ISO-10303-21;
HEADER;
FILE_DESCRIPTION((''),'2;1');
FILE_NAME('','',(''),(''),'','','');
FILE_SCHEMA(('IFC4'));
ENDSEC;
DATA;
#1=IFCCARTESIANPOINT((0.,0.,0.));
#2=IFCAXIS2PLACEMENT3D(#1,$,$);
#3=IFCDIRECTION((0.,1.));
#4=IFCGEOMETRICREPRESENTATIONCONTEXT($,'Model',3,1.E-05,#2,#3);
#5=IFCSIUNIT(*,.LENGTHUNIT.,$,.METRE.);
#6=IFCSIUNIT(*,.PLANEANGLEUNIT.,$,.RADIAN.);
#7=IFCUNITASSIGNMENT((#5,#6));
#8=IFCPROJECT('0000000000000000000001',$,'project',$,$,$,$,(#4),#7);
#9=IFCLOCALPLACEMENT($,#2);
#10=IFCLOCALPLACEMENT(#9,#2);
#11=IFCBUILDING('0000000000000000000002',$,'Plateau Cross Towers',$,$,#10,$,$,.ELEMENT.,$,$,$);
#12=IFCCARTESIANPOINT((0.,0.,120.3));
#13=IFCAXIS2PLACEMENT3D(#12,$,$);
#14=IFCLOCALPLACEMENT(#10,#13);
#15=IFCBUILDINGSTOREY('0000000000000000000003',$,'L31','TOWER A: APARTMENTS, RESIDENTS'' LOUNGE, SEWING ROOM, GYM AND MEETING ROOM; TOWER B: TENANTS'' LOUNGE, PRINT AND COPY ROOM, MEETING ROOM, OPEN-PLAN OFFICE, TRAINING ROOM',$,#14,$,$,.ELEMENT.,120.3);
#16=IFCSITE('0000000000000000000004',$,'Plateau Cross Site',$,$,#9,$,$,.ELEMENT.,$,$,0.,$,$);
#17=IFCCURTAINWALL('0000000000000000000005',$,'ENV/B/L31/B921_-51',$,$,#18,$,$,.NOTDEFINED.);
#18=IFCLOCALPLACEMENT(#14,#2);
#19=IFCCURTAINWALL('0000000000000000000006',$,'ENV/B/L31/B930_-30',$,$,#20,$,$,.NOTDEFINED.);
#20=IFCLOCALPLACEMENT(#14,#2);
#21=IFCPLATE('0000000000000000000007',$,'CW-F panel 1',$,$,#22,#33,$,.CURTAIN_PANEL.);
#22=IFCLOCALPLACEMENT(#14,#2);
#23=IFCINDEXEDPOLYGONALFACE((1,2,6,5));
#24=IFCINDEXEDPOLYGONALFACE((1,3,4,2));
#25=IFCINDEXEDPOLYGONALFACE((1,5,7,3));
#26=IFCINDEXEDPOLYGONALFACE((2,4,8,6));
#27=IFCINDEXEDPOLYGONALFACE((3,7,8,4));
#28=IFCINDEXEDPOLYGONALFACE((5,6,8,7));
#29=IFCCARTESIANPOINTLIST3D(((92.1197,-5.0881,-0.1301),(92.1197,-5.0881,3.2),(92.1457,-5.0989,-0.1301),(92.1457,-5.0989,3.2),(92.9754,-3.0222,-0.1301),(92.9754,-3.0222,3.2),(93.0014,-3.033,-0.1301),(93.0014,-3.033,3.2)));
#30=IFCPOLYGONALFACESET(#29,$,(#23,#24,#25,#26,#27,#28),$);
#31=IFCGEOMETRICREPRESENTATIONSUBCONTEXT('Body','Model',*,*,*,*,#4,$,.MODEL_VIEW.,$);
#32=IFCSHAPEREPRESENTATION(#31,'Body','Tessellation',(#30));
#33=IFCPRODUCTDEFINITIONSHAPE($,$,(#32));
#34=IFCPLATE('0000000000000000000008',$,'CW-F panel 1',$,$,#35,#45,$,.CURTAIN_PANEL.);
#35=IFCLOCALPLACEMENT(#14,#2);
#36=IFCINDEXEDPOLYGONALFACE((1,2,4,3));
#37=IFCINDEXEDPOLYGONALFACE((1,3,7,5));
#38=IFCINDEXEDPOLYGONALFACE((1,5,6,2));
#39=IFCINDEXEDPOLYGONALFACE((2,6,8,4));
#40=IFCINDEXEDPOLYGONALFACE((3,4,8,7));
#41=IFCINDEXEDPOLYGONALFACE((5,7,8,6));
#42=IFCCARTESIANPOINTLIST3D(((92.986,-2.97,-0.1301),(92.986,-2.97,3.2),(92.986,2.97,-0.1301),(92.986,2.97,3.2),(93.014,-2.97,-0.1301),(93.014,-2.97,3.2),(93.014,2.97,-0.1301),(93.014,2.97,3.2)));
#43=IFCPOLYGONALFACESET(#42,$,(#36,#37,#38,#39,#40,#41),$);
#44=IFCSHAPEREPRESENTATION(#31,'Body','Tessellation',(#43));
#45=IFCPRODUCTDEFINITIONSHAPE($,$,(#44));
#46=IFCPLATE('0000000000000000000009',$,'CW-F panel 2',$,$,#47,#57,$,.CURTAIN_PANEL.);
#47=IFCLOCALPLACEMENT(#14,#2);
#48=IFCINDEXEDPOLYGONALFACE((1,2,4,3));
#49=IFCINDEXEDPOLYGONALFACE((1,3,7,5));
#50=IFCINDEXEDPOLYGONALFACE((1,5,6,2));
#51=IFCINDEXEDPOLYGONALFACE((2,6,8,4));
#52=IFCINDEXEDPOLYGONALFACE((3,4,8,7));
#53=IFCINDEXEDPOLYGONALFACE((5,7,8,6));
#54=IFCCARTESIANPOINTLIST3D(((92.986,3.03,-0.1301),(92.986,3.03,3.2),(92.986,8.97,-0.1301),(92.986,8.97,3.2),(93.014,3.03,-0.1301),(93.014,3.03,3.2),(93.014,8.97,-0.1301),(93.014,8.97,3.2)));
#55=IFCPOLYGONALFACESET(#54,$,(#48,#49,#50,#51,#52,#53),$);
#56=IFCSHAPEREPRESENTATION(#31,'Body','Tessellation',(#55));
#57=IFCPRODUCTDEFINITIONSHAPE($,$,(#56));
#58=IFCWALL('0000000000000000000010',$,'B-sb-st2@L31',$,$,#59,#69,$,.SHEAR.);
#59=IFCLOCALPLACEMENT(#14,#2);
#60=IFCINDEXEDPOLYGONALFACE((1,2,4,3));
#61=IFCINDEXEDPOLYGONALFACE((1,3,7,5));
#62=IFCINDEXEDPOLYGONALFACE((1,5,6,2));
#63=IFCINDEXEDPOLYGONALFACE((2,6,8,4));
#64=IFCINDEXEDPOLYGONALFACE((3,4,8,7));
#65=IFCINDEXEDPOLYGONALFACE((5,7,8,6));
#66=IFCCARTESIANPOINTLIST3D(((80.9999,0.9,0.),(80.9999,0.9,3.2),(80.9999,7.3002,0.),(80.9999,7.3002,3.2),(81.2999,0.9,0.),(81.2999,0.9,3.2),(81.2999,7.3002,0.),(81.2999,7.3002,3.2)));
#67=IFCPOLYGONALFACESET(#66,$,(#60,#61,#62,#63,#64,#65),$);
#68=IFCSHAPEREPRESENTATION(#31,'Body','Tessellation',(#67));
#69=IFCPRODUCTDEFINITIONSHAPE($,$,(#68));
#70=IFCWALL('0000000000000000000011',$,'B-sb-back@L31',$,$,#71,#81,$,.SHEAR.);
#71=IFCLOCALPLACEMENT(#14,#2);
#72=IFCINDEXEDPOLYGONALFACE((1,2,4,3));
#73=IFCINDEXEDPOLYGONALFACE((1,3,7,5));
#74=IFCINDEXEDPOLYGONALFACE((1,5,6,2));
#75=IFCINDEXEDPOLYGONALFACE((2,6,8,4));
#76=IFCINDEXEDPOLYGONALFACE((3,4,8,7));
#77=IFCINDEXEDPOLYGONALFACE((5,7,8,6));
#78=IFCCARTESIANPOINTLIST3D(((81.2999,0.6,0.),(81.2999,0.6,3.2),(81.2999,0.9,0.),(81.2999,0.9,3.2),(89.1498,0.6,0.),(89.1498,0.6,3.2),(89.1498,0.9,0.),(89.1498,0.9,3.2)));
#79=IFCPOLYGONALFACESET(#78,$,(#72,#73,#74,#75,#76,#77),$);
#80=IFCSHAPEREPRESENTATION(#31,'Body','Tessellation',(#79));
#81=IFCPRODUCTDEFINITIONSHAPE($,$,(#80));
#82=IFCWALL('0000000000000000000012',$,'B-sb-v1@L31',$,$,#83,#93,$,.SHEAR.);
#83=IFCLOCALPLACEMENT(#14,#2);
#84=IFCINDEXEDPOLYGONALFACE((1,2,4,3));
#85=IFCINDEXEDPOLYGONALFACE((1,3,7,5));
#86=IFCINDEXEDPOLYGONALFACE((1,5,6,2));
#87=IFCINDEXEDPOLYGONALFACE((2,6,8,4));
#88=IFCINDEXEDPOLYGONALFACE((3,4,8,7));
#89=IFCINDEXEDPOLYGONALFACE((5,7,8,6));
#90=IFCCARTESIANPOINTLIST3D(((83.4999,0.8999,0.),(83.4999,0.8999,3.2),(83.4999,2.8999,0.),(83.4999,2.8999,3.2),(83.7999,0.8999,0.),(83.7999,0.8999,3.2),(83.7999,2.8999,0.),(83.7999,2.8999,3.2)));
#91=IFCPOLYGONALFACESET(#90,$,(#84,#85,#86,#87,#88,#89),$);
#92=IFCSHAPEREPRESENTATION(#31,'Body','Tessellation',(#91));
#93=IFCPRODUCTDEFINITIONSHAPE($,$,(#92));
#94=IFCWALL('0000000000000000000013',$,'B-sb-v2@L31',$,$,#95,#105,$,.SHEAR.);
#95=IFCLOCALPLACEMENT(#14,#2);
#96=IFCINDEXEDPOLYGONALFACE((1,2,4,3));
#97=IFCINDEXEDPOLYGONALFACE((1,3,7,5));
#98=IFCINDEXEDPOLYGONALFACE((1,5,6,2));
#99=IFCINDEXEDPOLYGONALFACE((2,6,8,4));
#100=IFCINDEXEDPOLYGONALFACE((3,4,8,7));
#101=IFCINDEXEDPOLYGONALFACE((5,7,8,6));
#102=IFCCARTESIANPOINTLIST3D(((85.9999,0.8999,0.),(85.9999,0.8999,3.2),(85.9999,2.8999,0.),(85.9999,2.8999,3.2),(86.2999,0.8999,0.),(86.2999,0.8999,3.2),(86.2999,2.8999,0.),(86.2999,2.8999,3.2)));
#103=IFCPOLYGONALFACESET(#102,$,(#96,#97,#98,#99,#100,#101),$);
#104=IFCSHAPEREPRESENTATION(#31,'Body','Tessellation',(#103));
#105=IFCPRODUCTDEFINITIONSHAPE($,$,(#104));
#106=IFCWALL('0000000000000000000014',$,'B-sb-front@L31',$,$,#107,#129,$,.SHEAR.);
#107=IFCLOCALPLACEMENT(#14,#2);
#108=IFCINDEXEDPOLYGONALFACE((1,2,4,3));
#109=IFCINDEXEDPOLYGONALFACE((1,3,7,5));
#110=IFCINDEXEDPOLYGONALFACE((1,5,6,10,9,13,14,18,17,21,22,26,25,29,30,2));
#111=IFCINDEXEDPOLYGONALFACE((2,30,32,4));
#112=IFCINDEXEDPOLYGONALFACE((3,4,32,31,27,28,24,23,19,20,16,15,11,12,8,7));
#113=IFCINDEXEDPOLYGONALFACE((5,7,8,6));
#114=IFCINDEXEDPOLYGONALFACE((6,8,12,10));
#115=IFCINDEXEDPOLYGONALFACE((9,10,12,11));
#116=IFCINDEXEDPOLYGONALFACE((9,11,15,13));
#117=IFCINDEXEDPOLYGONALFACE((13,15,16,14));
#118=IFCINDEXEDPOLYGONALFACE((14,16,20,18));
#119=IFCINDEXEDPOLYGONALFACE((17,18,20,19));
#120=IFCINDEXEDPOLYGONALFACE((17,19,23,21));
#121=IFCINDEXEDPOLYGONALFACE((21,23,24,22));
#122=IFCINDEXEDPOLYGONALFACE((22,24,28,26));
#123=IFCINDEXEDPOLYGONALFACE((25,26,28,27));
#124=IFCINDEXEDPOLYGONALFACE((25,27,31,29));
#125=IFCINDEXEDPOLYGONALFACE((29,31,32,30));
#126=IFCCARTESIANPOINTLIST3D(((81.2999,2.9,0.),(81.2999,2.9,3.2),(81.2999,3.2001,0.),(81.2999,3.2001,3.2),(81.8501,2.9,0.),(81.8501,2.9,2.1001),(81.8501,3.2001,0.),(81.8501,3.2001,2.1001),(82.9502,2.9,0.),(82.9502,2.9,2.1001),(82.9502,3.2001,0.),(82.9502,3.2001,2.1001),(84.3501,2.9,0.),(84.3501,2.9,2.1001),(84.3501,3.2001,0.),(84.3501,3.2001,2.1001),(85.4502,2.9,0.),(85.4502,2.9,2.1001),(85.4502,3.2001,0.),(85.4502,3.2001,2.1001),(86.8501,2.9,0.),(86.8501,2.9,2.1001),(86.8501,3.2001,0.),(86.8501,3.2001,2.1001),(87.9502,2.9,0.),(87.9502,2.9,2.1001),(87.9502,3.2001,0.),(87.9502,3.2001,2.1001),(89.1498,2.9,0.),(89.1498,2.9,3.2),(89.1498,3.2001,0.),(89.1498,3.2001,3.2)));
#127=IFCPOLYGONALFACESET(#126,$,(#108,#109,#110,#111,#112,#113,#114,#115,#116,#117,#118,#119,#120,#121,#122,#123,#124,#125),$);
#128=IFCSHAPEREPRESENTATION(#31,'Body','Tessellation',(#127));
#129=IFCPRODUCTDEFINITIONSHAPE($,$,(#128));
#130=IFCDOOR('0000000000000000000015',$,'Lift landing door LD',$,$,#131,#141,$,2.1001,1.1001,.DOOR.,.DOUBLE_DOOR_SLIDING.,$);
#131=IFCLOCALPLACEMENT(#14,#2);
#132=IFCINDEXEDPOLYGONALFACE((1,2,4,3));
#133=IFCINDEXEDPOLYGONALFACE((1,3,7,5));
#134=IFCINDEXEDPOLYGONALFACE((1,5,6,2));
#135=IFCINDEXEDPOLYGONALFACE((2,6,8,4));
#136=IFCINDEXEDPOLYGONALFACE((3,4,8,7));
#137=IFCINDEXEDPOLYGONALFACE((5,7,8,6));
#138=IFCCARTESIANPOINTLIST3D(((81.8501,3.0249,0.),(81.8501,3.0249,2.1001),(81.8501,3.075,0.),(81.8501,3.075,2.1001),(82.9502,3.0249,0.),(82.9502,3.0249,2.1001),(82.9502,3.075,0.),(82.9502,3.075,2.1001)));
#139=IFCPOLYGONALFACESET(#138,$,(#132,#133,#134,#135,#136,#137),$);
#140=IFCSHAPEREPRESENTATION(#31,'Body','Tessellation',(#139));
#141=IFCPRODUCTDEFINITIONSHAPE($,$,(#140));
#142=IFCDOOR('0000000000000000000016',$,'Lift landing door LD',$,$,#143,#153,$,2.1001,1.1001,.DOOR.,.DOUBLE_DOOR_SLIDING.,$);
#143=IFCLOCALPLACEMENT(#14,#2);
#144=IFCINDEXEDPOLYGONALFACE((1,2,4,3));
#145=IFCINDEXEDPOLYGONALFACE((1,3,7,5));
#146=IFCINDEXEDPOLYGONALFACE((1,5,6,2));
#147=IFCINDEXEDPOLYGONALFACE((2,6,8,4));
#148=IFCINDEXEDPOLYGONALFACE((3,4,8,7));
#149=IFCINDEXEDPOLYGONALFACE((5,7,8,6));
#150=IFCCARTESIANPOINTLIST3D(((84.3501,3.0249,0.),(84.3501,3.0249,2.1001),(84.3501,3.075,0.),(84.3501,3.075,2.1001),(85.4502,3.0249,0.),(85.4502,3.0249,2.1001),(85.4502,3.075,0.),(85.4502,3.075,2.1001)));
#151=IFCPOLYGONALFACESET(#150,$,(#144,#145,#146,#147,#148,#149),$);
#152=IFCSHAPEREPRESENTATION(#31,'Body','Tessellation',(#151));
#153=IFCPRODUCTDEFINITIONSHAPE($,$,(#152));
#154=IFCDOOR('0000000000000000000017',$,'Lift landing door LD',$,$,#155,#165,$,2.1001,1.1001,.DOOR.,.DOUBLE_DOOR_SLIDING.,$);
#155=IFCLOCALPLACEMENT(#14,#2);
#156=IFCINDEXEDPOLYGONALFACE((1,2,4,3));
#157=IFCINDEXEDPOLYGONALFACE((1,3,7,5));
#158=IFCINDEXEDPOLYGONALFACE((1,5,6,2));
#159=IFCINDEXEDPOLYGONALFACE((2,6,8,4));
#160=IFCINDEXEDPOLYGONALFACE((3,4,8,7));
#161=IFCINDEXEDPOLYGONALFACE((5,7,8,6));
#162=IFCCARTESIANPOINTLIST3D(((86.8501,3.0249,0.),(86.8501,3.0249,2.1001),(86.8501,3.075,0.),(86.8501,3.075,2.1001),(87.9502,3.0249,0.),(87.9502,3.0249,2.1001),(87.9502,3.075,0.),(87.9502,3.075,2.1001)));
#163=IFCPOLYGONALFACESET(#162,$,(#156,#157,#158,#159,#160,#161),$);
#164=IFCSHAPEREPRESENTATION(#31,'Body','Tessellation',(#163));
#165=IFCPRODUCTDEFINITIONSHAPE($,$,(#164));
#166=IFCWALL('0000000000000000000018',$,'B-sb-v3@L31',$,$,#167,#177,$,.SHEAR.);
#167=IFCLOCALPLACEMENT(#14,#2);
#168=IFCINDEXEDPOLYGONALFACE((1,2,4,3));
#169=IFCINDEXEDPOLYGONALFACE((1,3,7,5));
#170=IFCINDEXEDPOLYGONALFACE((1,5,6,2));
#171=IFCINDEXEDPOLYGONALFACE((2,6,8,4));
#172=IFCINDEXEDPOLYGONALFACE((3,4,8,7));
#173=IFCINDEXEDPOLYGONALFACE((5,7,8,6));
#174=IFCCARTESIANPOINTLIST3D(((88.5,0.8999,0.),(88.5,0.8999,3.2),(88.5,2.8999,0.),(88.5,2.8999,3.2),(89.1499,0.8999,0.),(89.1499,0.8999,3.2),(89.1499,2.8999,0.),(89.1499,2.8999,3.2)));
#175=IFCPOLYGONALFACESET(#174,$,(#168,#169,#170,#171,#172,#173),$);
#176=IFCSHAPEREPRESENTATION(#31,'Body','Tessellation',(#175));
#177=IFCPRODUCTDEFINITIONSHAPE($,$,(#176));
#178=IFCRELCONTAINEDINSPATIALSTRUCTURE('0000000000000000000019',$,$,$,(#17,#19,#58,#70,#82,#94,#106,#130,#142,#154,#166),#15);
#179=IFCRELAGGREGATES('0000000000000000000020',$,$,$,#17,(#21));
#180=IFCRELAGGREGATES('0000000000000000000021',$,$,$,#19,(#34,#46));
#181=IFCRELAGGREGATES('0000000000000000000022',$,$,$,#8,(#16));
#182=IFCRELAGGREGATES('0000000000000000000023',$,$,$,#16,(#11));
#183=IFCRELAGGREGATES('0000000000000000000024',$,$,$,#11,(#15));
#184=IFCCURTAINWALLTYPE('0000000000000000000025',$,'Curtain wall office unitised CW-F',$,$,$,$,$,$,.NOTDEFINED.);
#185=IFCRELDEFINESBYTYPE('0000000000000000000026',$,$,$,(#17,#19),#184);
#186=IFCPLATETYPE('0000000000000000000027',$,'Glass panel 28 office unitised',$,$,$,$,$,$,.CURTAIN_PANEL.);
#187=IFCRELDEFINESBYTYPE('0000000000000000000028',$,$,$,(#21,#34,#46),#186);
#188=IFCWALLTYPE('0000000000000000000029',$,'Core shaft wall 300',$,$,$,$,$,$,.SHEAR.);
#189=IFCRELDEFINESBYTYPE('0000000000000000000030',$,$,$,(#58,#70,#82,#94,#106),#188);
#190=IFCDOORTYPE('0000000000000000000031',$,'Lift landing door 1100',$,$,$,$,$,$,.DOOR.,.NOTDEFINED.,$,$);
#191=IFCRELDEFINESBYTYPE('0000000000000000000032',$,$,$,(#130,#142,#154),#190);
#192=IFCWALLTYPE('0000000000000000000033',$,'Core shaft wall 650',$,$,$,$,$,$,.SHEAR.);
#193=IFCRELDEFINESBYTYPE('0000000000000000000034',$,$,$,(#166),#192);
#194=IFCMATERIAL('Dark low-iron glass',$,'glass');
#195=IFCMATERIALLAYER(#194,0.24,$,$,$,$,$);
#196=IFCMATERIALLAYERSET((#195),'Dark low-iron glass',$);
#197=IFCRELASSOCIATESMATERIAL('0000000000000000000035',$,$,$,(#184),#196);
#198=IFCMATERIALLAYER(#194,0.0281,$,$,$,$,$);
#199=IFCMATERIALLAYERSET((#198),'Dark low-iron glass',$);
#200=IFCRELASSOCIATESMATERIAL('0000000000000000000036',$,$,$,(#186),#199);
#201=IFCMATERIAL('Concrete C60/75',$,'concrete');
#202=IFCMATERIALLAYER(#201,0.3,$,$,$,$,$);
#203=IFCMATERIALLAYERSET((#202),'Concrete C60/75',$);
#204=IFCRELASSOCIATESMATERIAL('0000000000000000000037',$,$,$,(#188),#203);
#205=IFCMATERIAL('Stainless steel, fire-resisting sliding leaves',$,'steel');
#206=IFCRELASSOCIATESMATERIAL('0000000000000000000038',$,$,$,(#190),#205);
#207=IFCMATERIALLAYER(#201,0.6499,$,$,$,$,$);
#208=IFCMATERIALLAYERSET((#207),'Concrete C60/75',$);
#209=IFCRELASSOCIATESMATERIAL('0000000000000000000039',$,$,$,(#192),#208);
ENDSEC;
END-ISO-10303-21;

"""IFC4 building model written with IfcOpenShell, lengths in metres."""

from ifc_helpers import new_model, si_unit, direction, frame, frame_2d, origin, origin_2d, place, context, subcontext, project, spatial, rectangle, extrude, material, layer, layer_set, type_object, element, fill, aggregate, save


model = new_model("IFC4")

# Units and contexts
model_context = context("Model", 3, precision=1e-05, world=origin(), true_north=direction((0.0, 1.0)))
body_context = subcontext(model_context, "Body", "Model", "MODEL_VIEW")
ifc_project = project(units=[si_unit("LENGTHUNIT", "METRE"), si_unit("PLANEANGLEUNIT", "RADIAN")], contexts=[model_context])

# Site, building, storey
site_placement = place(None, origin())
site = spatial("IfcSite", under=ifc_project, at=site_placement, Name="Plateau Cross Site", CompositionType="ELEMENT", RefElevation=0.0)
building_placement = place(site_placement, origin())
building = spatial("IfcBuilding", under=site, at=building_placement, Name="Plateau Cross Towers", CompositionType="ELEMENT")
storey_placement = place(building_placement, frame((0.0, 0.0, 120.3)))
storey = spatial("IfcBuildingStorey", under=building, at=storey_placement, Name="L31", Description="TOWER A: APARTMENTS, RESIDENTS' LOUNGE, SEWING ROOM, GYM AND MEETING ROOM; TOWER B: TENANTS' LOUNGE, PRINT AND COPY ROOM, MEETING ROOM, OPEN-PLAN OFFICE, TRAINING ROOM", CompositionType="ELEMENT", Elevation=120.3)

# Shared definitions
ifc_material_1 = material(Name="Concrete C60/75", Category="concrete")

# Curtain wall
ifc_material_2 = material(Name="Dark low-iron glass", Category="glass")
ifc_layer_1 = layer(ifc_material_2, 0.24)
ifc_layer_set_1 = layer_set([ifc_layer_1], Name="Dark low-iron glass")
curtain_wall_type = type_object("IfcCurtainWallType", Name="Curtain wall office unitised CW-F", PredefinedType="NOTDEFINED", material=ifc_layer_set_1)
curtain_wall_1_placement = place(storey_placement, origin())
curtain_wall_1 = element("IfcCurtainWall", 1, at=curtain_wall_1_placement, inside=storey, type_object=curtain_wall_type, Name="ENV/B/L31/B921_-51", PredefinedType="NOTDEFINED")

# Curtain wall
curtain_wall_2_placement = place(storey_placement, origin())
curtain_wall_2 = element("IfcCurtainWall", 2, at=curtain_wall_2_placement, inside=storey, type_object=curtain_wall_type, Name="ENV/B/L31/B930_-30", PredefinedType="NOTDEFINED")

# Plates
ifc_layer_2 = layer(ifc_material_2, 0.0281)
ifc_layer_set_2 = layer_set([ifc_layer_2], Name="Dark low-iron glass")
plate_type = type_object("IfcPlateType", Name="Glass panel 28 office unitised", PredefinedType="CURTAIN_PANEL", material=ifc_layer_set_2)
plate_1_placement = place(storey_placement, frame((92.5605, -4.0605, -0.1301), z_axis=(0.0, 0.0, 1.0), x_axis=(0.382684, 0.923879, 0.0)))
plate_1 = element("IfcPlate", 3, at=plate_1_placement, type_object=plate_type, Name="CW-F panel 1", PredefinedType="CURTAIN_PANEL", context=body_context, shape_type="SweptSolid", body=[
    extrude(rectangle(XDim=2.2361, YDim=0.0281, at=origin_2d()), origin(), (0.0, 0.0, 1.0), 3.3301),
])
aggregate(curtain_wall_1, [plate_1])
plate_2_placement = place(storey_placement, frame((93.0, 0.0, -0.1301), z_axis=(0.0, 0.0, 1.0), x_axis=(0.0, 1.0, 0.0)))
plate_2 = element("IfcPlate", 4, at=plate_2_placement, type_object=plate_type, Name="CW-F panel 1", PredefinedType="CURTAIN_PANEL", context=body_context, shape_type="SweptSolid", body=[
    extrude(rectangle(XDim=5.9399, YDim=0.0281, at=origin_2d()), origin(), (0.0, 0.0, 1.0), 3.3301),
])
plate_3_placement = place(storey_placement, frame((93.0, 6.0, -0.1301), z_axis=(0.0, 0.0, 1.0), x_axis=(0.0, 1.0, 0.0)))
plate_3 = element("IfcPlate", 5, at=plate_3_placement, type_object=plate_type, Name="CW-F panel 2", PredefinedType="CURTAIN_PANEL", context=body_context, shape_type="SweptSolid", body=[
    extrude(rectangle(XDim=5.9399, YDim=0.0281, at=origin_2d()), origin(), (0.0, 0.0, 1.0), 3.3301),
])
aggregate(curtain_wall_2, [plate_2, plate_3])

# Walls
ifc_layer_3 = layer(ifc_material_1, 0.3)
ifc_layer_set_3 = layer_set([ifc_layer_3], Name="Concrete C60/75")
wall_type_1 = type_object("IfcWallType", Name="Core shaft wall 300", PredefinedType="SHEAR", material=ifc_layer_set_3)
wall_1_placement = place(storey_placement, frame((81.1499, 0.8999, 0.0), z_axis=(0.0, 0.0, 1.0), x_axis=(0.0, 1.0, 0.0)))
element("IfcWall", 6, at=wall_1_placement, inside=storey, type_object=wall_type_1, Name="B-sb-st2@L31", PredefinedType="SHEAR", context=body_context, shape_type="SweptSolid", body=[
    extrude(rectangle(XDim=6.4001, YDim=0.3, at=frame_2d((3.2002, 0.0))), origin(), (0.0, 0.0, 1.0), 3.2),
])
wall_2_placement = place(storey_placement, frame((81.3, 0.75, 0.0), z_axis=(0.0, 0.0, 1.0), x_axis=(1.0, 0.0, 0.0)))
element("IfcWall", 7, at=wall_2_placement, inside=storey, type_object=wall_type_1, Name="B-sb-back@L31", PredefinedType="SHEAR", context=body_context, shape_type="SweptSolid", body=[
    extrude(rectangle(XDim=7.8499, YDim=0.3, at=frame_2d((3.9248, 0.0))), origin(), (0.0, 0.0, 1.0), 3.2),
])
for number, where, z_axis, x_axis, name in (
    (8, (83.6499, 0.8999, 0.0), (0.0, 0.0, 1.0), (0.0, 1.0, 0.0), "B-sb-v1@L31"),
    (9, (86.1499, 0.8999, 0.0), (0.0, 0.0, 1.0), (0.0, 1.0, 0.0), "B-sb-v2@L31"),
):
    element("IfcWall", number, at=place(storey_placement, frame(where, z_axis=z_axis, x_axis=x_axis)), inside=storey, type_object=wall_type_1, Name=name, PredefinedType="SHEAR", context=body_context, shape_type="SweptSolid", body=[
        extrude(rectangle(XDim=2.0, YDim=0.3, at=frame_2d((1.0, 0.0))), origin(), (0.0, 0.0, 1.0), 3.2),
    ])

# Wall, openings, doors
wall_3_placement = place(storey_placement, frame((81.3, 3.05, 0.0), z_axis=(0.0, 0.0, 1.0), x_axis=(1.0, 0.0, 0.0)))
wall_3 = element("IfcWall", 10, at=wall_3_placement, inside=storey, type_object=wall_type_1, Name="B-sb-front@L31", PredefinedType="SHEAR", context=body_context, shape_type="SweptSolid", body=[
    extrude(rectangle(XDim=7.8499, YDim=0.3, at=frame_2d((3.9248, 0.0))), origin(), (0.0, 0.0, 1.0), 3.2),
])
opening_1_placement = place(wall_3_placement, frame((0.55, 0.0, 0.0)))
opening_1 = element("IfcOpeningElement", 11, at=opening_1_placement, cuts=wall_3, PredefinedType="OPENING", context=body_context, shape_type="SweptSolid", body=[
    extrude(rectangle(XDim=1.1001, YDim=2.1001, at=frame_2d((0.55, 1.05))), frame((0.0, 0.1599, 0.0), z_axis=(0.0, -1.0, 0.0), x_axis=(1.0, 0.0, 0.0)), (0.0, 0.0, 1.0), 0.3201),
])
opening_2_placement = place(wall_3_placement, frame((3.05, 0.0, 0.0)))
opening_2 = element("IfcOpeningElement", 12, at=opening_2_placement, cuts=wall_3, PredefinedType="OPENING", context=body_context, shape_type="SweptSolid", body=[
    extrude(rectangle(XDim=1.1001, YDim=2.1001, at=frame_2d((0.55, 1.05))), frame((0.0, 0.1599, 0.0), z_axis=(0.0, -1.0, 0.0), x_axis=(1.0, 0.0, 0.0)), (0.0, 0.0, 1.0), 0.3201),
])
opening_3_placement = place(wall_3_placement, frame((5.55, 0.0, 0.0)))
opening_3 = element("IfcOpeningElement", 13, at=opening_3_placement, cuts=wall_3, PredefinedType="OPENING", context=body_context, shape_type="SweptSolid", body=[
    extrude(rectangle(XDim=1.1001, YDim=2.1001, at=frame_2d((0.55, 1.05))), frame((0.0, 0.1599, 0.0), z_axis=(0.0, -1.0, 0.0), x_axis=(1.0, 0.0, 0.0)), (0.0, 0.0, 1.0), 0.3201),
])
ifc_material_3 = material(Name="Stainless steel, fire-resisting sliding leaves", Category="steel")
door_type_1 = type_object("IfcDoorType", Name="Lift landing door 1100", OperationType="NOTDEFINED", PredefinedType="DOOR", material=ifc_material_3)
door_1_placement = place(opening_1_placement, origin())
door_1 = element("IfcDoor", 14, at=door_1_placement, inside=storey, type_object=door_type_1, Name="Lift landing door LD", OperationType="DOUBLE_DOOR_SLIDING", OverallHeight=2.1001, OverallWidth=1.1001, PredefinedType="DOOR", context=body_context, shape_type="SweptSolid", body=[
    extrude(rectangle(XDim=1.1001, YDim=2.1001, at=frame_2d((0.55, 1.05))), frame((0.0, 0.0249, 0.0), z_axis=(0.0, -1.0, 0.0), x_axis=(1.0, 0.0, 0.0)), (0.0, 0.0, 1.0), 0.05),
])
fill(opening_1, door_1)
door_2_placement = place(opening_2_placement, origin())
door_2 = element("IfcDoor", 15, at=door_2_placement, inside=storey, type_object=door_type_1, Name="Lift landing door LD", OperationType="DOUBLE_DOOR_SLIDING", OverallHeight=2.1001, OverallWidth=1.1001, PredefinedType="DOOR", context=body_context, shape_type="SweptSolid", body=[
    extrude(rectangle(XDim=1.1001, YDim=2.1001, at=frame_2d((0.55, 1.05))), frame((0.0, 0.0249, 0.0), z_axis=(0.0, -1.0, 0.0), x_axis=(1.0, 0.0, 0.0)), (0.0, 0.0, 1.0), 0.05),
])
fill(opening_2, door_2)
door_3_placement = place(opening_3_placement, origin())
door_3 = element("IfcDoor", 16, at=door_3_placement, inside=storey, type_object=door_type_1, Name="Lift landing door LD", OperationType="DOUBLE_DOOR_SLIDING", OverallHeight=2.1001, OverallWidth=1.1001, PredefinedType="DOOR", context=body_context, shape_type="SweptSolid", body=[
    extrude(rectangle(XDim=1.1001, YDim=2.1001, at=frame_2d((0.55, 1.05))), frame((0.0, 0.0249, 0.0), z_axis=(0.0, -1.0, 0.0), x_axis=(1.0, 0.0, 0.0)), (0.0, 0.0, 1.0), 0.05),
])
fill(opening_3, door_3)

# Wall
ifc_layer_4 = layer(ifc_material_1, 0.6499)
ifc_layer_set_4 = layer_set([ifc_layer_4], Name="Concrete C60/75")
wall_type_2 = type_object("IfcWallType", Name="Core shaft wall 650", PredefinedType="SHEAR", material=ifc_layer_set_4)
wall_4_placement = place(storey_placement, frame((88.825, 0.8999, 0.0), z_axis=(0.0, 0.0, 1.0), x_axis=(0.0, 1.0, 0.0)))
element("IfcWall", 17, at=wall_4_placement, inside=storey, type_object=wall_type_2, Name="B-sb-v3@L31", PredefinedType="SHEAR", context=body_context, shape_type="SweptSolid", body=[
    extrude(rectangle(XDim=2.0, YDim=0.6499, at=frame_2d((1.0, 0.0))), origin(), (0.0, 0.0, 1.0), 3.2),
])

save(model, "model.ifc")
